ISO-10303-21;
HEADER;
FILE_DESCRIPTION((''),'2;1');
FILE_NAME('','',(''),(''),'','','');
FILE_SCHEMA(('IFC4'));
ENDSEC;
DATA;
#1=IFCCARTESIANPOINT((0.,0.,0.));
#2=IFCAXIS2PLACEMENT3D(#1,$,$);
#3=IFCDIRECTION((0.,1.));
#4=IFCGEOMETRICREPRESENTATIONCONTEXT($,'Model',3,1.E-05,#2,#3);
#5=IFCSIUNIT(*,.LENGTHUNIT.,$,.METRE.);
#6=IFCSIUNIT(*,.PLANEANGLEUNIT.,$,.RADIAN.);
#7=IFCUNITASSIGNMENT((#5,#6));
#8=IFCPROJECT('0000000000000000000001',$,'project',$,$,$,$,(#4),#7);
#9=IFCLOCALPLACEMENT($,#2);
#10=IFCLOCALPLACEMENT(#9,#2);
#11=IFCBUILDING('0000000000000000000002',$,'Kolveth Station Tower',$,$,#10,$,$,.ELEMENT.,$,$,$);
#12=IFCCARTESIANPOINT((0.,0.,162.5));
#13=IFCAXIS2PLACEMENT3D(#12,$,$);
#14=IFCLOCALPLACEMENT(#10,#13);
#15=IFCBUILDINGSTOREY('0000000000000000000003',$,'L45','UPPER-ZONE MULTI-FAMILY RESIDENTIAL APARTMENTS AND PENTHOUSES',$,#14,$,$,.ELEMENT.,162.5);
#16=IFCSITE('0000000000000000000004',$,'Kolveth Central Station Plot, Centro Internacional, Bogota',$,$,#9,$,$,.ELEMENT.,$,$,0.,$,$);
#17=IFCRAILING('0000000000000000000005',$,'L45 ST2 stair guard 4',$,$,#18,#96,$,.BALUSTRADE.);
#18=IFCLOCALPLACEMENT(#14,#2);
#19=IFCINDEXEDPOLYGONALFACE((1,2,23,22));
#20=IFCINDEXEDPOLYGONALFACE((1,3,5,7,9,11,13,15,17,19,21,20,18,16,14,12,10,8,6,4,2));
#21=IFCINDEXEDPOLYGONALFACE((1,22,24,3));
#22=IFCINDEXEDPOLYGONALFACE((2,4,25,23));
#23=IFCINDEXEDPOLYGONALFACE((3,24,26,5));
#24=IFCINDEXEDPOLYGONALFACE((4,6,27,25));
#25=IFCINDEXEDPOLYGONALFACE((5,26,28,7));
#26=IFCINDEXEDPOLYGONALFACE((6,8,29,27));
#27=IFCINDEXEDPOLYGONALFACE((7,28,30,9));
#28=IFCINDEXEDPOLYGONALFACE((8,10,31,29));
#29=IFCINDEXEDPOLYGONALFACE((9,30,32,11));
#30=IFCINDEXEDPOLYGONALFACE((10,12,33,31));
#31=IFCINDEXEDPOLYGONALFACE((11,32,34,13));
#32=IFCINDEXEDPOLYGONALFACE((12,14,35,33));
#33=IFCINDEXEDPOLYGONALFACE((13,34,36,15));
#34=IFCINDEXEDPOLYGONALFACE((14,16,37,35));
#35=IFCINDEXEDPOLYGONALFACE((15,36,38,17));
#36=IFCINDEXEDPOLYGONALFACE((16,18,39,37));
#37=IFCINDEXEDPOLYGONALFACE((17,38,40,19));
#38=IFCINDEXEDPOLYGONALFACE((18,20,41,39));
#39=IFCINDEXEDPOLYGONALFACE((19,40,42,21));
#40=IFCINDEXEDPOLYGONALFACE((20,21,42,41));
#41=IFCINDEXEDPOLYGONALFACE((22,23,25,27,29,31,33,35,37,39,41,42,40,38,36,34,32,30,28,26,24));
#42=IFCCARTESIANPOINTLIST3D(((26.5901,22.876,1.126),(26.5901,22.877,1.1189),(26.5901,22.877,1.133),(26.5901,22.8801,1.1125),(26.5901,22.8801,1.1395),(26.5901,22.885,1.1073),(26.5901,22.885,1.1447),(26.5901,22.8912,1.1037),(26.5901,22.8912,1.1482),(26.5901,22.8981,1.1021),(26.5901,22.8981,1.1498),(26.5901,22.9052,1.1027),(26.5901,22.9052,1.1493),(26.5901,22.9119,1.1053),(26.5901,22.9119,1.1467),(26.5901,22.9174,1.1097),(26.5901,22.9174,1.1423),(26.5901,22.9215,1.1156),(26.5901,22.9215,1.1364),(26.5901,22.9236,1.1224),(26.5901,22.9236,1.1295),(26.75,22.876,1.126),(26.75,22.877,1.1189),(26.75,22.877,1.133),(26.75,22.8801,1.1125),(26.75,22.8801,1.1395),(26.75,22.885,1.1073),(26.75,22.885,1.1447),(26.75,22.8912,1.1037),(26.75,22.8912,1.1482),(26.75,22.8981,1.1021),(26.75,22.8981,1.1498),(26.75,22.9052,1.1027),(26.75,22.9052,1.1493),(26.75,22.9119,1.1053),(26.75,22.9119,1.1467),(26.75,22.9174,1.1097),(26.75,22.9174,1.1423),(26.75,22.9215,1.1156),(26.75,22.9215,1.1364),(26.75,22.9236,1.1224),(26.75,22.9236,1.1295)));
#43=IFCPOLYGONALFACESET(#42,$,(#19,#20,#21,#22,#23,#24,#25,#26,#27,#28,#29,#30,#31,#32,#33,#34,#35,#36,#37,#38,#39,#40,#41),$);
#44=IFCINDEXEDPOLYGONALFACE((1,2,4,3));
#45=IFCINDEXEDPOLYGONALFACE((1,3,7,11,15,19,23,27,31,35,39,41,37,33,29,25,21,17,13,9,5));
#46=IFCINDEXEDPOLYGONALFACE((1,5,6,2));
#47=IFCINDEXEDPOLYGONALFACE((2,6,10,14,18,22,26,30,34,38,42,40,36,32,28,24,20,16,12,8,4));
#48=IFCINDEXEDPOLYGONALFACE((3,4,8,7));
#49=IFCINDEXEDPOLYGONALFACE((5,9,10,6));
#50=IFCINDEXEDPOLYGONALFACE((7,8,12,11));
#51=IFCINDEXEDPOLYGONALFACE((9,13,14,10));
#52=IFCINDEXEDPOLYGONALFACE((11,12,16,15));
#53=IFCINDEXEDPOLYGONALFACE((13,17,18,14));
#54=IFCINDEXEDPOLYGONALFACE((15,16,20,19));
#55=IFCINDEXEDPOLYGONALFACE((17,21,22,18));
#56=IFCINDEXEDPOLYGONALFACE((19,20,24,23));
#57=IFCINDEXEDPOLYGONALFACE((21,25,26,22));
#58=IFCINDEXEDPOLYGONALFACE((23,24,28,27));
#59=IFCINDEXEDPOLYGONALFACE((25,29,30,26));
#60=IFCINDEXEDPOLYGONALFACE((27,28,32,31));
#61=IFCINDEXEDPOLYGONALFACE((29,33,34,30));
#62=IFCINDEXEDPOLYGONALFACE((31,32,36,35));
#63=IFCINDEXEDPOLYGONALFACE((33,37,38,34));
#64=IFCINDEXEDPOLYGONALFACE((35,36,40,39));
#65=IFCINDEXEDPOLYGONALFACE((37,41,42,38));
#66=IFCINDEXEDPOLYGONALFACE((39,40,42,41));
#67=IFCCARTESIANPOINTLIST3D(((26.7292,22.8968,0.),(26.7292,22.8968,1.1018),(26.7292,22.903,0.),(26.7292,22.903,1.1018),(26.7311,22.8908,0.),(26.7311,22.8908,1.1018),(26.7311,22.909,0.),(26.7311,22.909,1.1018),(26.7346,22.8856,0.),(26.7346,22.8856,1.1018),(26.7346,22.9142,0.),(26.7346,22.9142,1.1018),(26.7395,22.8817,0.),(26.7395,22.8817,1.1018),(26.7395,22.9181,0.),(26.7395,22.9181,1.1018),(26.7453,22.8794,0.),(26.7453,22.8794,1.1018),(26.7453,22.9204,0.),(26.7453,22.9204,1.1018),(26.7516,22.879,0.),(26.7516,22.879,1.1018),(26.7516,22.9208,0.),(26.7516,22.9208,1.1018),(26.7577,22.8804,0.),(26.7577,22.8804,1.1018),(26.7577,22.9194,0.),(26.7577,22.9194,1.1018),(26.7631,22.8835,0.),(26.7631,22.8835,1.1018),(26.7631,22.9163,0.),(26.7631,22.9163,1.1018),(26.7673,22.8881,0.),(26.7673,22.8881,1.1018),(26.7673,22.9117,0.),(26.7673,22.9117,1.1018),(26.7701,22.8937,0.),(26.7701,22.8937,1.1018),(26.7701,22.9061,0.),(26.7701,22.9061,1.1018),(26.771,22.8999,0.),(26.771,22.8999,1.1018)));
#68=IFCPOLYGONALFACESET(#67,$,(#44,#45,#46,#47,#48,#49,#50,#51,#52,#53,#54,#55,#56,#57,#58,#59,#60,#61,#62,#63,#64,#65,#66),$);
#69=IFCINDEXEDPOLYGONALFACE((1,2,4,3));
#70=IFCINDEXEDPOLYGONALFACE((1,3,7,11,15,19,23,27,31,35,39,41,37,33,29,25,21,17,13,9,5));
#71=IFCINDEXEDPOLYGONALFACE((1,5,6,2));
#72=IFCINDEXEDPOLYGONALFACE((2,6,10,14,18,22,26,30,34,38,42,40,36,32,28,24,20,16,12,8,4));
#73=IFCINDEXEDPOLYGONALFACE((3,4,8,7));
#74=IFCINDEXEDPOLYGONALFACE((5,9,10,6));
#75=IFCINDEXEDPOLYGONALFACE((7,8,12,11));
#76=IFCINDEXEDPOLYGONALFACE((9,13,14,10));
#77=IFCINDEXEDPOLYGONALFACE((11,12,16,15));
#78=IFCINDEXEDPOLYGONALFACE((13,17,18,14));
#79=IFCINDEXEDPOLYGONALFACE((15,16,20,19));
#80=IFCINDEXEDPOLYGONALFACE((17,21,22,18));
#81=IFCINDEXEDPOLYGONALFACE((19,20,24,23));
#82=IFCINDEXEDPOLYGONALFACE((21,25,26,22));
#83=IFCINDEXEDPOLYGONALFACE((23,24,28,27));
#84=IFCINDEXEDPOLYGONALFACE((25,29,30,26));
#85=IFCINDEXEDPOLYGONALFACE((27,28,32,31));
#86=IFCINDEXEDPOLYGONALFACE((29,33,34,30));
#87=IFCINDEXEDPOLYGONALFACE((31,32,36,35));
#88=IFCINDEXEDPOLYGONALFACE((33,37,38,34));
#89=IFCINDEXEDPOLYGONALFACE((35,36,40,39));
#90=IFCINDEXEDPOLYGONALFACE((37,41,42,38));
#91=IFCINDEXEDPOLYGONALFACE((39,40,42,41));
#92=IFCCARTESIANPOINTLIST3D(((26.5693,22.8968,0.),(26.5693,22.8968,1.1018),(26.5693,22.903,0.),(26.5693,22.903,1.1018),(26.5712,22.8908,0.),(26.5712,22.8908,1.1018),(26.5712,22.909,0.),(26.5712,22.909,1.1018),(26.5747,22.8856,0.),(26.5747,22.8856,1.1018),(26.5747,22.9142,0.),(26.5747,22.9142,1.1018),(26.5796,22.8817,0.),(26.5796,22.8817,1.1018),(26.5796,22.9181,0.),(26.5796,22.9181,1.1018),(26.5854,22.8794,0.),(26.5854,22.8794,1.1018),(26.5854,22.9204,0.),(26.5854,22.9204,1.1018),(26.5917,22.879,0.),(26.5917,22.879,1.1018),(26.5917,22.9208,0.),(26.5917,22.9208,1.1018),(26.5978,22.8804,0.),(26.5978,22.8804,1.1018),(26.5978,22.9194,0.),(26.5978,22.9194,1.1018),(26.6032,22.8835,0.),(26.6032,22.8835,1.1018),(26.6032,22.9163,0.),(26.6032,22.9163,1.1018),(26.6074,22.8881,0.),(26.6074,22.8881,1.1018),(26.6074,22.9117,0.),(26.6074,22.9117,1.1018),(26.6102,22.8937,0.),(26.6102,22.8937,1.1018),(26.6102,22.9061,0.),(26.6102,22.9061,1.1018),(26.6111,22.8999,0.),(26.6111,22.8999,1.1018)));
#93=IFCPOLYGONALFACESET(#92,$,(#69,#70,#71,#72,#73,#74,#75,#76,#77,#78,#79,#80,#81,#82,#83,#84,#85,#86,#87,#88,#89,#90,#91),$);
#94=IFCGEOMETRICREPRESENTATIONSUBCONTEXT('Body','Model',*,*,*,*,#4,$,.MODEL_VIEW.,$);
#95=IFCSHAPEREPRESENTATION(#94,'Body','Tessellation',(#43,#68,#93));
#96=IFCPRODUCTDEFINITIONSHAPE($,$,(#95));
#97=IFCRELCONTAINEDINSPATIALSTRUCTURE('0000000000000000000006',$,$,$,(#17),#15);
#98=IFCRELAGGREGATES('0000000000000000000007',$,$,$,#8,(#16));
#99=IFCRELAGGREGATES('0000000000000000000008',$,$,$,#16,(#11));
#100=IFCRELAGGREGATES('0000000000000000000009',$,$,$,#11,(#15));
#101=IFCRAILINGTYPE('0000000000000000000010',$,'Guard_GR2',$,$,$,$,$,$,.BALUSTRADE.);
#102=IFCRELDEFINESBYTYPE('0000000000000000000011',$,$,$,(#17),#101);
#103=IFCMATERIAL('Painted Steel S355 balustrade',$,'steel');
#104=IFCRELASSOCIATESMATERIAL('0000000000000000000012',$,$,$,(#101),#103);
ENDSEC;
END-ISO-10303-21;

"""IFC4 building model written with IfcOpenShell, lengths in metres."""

from ifc_helpers import new_model, si_unit, direction, frame, origin, origin_2d, place, context, subcontext, project, spatial, circle, extrude, material, type_object, element, save


model = new_model("IFC4")

# Units and contexts
model_context = context("Model", 3, precision=1e-05, world=origin(), true_north=direction((0.0, 1.0)))
body_context = subcontext(model_context, "Body", "Model", "MODEL_VIEW")
ifc_project = project(units=[si_unit("LENGTHUNIT", "METRE"), si_unit("PLANEANGLEUNIT", "RADIAN")], contexts=[model_context])

# Site, building, storey
site_placement = place(None, origin())
site = spatial("IfcSite", under=ifc_project, at=site_placement, Name="Kolveth Central Station Plot, Centro Internacional, Bogota", CompositionType="ELEMENT", RefElevation=0.0)
building_placement = place(site_placement, origin())
building = spatial("IfcBuilding", under=site, at=building_placement, Name="Kolveth Station Tower", CompositionType="ELEMENT")
storey_placement = place(building_placement, frame((0.0, 0.0, 162.5)))
storey = spatial("IfcBuildingStorey", under=building, at=storey_placement, Name="L45", Description="UPPER-ZONE MULTI-FAMILY RESIDENTIAL APARTMENTS AND PENTHOUSES", CompositionType="ELEMENT", Elevation=162.5)

# Railing
ifc_material_1 = material(Name="Painted Steel S355 balustrade", Category="steel")
railing_type_1 = type_object("IfcRailingType", Name="Guard_GR2", PredefinedType="BALUSTRADE", material=ifc_material_1)
railing_placement = place(storey_placement, frame((26.75, 22.8999, 0.0)))
element("IfcRailing", 1, at=railing_placement, inside=storey, type_object=railing_type_1, Name="L45 ST2 stair guard 4", PredefinedType="BALUSTRADE", context=body_context, shape_type="SweptSolid", body=[
    extrude(circle(Radius=0.0239, at=origin_2d()), frame((0.0, 0.0, 1.126), z_axis=(-1.0, 0.0, 0.0), x_axis=(0.0, -1.0, 0.0)), (0.0, 0.0, 1.0), 0.1599),
    extrude(circle(Radius=0.021, at=origin_2d()), origin(), (0.0, 0.0, 1.0), 1.1018),
    extrude(circle(Radius=0.021, at=origin_2d()), frame((-0.1599, 0.0, 0.0)), (0.0, 0.0, 1.0), 1.1018),
])

save(model, "model.ifc")
